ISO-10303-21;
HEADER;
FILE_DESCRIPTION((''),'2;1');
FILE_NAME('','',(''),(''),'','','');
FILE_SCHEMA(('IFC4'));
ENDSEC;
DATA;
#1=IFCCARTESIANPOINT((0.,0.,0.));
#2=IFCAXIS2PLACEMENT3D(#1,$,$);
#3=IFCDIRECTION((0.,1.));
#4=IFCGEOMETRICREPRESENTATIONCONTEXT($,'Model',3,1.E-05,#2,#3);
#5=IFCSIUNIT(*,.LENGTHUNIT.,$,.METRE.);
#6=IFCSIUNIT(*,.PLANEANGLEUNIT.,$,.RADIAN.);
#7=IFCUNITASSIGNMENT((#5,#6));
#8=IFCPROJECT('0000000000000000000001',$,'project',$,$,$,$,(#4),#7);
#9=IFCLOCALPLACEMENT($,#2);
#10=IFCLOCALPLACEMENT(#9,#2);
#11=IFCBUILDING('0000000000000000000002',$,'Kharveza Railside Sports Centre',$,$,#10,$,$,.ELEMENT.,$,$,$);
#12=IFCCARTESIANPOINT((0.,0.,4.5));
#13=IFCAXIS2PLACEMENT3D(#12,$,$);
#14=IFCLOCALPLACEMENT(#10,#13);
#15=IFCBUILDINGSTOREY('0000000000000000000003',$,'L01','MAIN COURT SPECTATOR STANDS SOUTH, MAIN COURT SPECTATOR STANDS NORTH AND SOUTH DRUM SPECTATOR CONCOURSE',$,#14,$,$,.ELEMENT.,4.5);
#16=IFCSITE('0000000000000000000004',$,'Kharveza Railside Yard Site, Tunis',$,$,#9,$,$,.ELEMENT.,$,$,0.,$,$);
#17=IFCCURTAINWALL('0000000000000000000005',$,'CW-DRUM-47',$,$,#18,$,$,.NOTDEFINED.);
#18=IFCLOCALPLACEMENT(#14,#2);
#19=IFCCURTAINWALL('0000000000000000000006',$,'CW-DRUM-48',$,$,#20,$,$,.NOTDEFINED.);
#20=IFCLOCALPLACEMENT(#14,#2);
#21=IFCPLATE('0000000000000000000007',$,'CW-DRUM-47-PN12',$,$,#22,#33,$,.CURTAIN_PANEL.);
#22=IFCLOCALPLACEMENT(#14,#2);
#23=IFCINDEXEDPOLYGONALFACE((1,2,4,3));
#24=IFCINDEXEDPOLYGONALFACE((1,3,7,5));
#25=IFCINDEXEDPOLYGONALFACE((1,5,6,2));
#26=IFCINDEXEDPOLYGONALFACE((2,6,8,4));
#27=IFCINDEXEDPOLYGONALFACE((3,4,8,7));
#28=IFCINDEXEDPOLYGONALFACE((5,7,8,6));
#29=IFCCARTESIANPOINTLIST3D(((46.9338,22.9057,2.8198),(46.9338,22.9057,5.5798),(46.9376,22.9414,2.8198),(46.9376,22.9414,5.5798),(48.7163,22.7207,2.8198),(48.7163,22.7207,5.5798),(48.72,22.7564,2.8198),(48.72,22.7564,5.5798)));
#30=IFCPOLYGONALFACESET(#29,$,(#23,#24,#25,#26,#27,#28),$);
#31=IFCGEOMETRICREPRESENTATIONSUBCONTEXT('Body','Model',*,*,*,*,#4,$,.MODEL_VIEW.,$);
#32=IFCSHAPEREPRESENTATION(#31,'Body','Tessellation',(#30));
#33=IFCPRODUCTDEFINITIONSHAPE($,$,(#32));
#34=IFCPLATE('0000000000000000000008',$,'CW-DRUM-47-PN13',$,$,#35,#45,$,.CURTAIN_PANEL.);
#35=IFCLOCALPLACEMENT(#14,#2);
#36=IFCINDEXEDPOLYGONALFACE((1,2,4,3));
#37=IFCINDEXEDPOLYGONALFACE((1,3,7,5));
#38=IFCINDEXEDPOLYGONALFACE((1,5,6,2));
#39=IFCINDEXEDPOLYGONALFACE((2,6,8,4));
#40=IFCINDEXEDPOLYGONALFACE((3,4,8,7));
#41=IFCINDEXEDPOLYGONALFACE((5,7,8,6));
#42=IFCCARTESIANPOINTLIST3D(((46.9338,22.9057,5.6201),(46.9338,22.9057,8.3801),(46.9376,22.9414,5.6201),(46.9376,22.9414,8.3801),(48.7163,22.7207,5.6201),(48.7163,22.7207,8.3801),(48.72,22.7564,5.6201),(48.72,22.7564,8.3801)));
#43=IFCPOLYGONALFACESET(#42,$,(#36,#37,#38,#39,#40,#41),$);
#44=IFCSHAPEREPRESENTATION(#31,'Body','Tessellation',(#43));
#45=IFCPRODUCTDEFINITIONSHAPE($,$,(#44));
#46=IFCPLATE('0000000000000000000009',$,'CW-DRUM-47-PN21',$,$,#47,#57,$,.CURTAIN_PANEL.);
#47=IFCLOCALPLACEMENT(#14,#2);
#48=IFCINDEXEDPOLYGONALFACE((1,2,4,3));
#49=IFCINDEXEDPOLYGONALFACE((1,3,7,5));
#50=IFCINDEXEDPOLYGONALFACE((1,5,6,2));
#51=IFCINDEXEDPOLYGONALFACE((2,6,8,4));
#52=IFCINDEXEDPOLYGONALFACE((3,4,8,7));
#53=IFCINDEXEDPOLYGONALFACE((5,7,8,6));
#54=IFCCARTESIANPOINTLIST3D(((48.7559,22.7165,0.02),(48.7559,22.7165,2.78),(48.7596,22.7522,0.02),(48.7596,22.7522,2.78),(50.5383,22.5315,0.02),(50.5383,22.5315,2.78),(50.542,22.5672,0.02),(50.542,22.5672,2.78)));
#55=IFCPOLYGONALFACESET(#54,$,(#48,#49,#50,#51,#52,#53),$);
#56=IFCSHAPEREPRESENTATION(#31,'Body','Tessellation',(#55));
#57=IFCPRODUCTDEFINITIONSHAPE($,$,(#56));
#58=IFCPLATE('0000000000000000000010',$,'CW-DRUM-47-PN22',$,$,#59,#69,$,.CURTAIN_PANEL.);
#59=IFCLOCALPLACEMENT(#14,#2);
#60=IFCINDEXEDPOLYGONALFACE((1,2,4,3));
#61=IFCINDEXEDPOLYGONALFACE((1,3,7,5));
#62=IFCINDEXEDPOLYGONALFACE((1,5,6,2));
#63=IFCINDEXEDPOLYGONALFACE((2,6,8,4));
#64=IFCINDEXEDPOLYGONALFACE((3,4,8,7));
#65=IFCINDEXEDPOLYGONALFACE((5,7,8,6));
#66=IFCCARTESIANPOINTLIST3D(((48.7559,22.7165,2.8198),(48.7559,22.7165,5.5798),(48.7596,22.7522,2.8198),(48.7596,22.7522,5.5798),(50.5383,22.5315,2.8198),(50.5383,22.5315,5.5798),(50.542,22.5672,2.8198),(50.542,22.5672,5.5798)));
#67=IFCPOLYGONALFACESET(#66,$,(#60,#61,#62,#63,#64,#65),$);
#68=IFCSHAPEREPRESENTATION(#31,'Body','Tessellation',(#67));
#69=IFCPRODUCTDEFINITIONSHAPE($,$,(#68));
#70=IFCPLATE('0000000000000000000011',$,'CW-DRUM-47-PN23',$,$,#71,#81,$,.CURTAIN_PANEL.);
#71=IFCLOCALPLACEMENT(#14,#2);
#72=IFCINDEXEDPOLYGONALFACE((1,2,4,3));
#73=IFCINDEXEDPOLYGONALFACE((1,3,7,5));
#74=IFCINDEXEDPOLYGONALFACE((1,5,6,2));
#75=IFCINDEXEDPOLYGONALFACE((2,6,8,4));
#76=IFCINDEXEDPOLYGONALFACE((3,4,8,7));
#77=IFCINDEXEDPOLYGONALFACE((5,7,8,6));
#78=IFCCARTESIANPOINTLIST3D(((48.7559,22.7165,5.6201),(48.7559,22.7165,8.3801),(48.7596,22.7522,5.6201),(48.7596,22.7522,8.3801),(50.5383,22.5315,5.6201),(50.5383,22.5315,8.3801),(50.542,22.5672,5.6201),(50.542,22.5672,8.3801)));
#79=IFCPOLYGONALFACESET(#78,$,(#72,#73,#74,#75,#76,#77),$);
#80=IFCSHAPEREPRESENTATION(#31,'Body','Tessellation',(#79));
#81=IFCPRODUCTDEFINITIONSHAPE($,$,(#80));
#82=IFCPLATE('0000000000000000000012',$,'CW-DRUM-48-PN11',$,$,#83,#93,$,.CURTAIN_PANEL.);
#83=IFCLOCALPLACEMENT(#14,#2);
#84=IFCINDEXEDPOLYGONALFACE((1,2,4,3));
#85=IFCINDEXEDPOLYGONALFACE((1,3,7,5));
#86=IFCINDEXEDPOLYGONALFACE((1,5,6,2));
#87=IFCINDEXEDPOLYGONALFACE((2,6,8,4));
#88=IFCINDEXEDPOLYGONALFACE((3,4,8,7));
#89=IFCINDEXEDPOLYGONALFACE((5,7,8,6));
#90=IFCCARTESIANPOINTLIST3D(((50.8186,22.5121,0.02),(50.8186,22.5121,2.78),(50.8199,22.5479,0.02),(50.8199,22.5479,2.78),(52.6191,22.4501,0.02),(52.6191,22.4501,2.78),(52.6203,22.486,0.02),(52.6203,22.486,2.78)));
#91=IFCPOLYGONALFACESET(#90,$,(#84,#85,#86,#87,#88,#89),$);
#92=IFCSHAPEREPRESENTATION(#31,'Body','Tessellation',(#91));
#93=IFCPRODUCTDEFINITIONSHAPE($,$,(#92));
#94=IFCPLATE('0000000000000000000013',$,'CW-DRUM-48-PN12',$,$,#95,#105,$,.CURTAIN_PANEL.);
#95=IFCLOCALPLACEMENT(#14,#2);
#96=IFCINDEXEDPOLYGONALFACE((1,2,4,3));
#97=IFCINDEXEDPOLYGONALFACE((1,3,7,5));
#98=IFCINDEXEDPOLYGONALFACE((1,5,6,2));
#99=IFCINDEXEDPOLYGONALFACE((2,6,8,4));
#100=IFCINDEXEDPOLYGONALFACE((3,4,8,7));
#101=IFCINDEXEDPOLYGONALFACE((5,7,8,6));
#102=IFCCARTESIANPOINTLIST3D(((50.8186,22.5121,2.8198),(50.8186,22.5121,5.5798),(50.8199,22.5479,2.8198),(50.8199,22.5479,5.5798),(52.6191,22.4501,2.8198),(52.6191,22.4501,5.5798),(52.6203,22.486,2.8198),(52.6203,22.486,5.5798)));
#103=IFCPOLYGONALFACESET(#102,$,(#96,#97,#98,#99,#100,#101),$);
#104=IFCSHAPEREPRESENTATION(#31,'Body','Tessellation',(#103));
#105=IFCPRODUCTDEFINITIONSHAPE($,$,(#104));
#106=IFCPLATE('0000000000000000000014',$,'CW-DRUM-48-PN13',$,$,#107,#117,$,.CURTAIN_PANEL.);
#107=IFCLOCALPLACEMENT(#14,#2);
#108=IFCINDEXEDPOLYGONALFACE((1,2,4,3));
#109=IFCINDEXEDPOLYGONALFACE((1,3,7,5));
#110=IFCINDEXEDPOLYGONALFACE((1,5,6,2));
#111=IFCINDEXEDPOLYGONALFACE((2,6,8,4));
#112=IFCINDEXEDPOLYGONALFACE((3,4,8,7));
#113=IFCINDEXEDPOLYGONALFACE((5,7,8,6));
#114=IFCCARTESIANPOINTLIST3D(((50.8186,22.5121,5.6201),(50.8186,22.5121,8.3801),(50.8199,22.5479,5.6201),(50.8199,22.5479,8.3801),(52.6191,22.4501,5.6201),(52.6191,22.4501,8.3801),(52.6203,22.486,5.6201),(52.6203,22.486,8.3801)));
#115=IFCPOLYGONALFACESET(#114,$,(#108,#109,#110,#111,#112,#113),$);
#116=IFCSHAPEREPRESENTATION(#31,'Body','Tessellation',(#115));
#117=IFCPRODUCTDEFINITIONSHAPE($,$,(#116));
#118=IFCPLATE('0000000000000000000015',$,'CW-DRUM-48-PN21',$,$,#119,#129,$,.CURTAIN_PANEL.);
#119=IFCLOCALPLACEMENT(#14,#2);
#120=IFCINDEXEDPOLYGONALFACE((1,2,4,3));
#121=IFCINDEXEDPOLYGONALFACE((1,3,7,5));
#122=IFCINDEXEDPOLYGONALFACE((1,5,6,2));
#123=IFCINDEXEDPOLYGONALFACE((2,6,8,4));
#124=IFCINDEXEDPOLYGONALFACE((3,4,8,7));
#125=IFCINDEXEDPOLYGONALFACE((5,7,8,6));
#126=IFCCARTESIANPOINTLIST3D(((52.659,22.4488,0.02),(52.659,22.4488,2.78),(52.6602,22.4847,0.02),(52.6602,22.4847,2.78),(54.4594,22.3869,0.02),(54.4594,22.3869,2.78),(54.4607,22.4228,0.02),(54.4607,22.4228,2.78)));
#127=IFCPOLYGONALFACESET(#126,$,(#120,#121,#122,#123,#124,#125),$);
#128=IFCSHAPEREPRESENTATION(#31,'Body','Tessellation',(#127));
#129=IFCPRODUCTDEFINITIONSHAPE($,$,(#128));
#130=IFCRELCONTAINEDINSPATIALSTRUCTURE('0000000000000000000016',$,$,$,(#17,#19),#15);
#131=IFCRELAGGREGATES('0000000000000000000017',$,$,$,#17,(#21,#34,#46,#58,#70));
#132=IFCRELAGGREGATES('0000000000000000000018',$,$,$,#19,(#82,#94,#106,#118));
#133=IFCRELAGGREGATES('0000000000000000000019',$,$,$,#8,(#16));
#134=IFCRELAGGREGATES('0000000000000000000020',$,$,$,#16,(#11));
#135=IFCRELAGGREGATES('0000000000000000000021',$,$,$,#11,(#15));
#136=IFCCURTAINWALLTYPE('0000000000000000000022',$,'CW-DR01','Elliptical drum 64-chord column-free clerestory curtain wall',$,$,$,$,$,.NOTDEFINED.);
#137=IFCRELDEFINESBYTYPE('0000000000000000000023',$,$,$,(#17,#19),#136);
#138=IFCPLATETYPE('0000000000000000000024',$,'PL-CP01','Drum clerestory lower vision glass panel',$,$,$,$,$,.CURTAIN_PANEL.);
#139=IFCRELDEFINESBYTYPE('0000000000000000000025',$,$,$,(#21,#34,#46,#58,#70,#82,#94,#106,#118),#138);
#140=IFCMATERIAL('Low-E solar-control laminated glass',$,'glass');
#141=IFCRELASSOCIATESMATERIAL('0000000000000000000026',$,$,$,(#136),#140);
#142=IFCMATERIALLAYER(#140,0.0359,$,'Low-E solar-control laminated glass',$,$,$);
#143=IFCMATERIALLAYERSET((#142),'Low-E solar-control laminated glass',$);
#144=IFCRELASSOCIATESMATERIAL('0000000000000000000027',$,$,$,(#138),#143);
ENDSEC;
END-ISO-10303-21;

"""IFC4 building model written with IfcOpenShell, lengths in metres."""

from ifc_helpers import new_model, si_unit, direction, frame, origin, origin_2d, place, context, subcontext, project, spatial, rectangle, extrude, material, layer, layer_set, type_object, element, aggregate, save


model = new_model("IFC4")

# Units and contexts
model_context = context("Model", 3, precision=1e-05, world=origin(), true_north=direction((0.0, 1.0)))
body_context = subcontext(model_context, "Body", "Model", "MODEL_VIEW")
ifc_project = project(units=[si_unit("LENGTHUNIT", "METRE"), si_unit("PLANEANGLEUNIT", "RADIAN")], contexts=[model_context])

# Site, building, storey
site_placement = place(None, origin())
site = spatial("IfcSite", under=ifc_project, at=site_placement, Name="Kharveza Railside Yard Site, Tunis", CompositionType="ELEMENT", RefElevation=0.0)
building_placement = place(site_placement, origin())
building = spatial("IfcBuilding", under=site, at=building_placement, Name="Kharveza Railside Sports Centre", CompositionType="ELEMENT")
storey_placement = place(building_placement, frame((0.0, 0.0, 4.5)))
storey = spatial("IfcBuildingStorey", under=building, at=storey_placement, Name="L01", Description="MAIN COURT SPECTATOR STANDS SOUTH, MAIN COURT SPECTATOR STANDS NORTH AND SOUTH DRUM SPECTATOR CONCOURSE", CompositionType="ELEMENT", Elevation=4.5)

# Shared definitions
ifc_material_1 = material(Name="Low-E solar-control laminated glass", Category="glass")
curtain_wall_type = type_object("IfcCurtainWallType", Name="CW-DR01", Description="Elliptical drum 64-chord column-free clerestory curtain wall", PredefinedType="NOTDEFINED", material=ifc_material_1)

# Curtain walls
curtain_wall_1_placement = place(storey_placement, origin())
curtain_wall_1 = element("IfcCurtainWall", 1, at=curtain_wall_1_placement, inside=storey, type_object=curtain_wall_type, Name="CW-DRUM-47", PredefinedType="NOTDEFINED")
curtain_wall_2_placement = place(storey_placement, origin())
curtain_wall_2 = element("IfcCurtainWall", 2, at=curtain_wall_2_placement, inside=storey, type_object=curtain_wall_type, Name="CW-DRUM-48", PredefinedType="NOTDEFINED")

# Plates
ifc_layer = layer(ifc_material_1, 0.0359, Name="Low-E solar-control laminated glass")
ifc_layer_set = layer_set([ifc_layer], Name="Low-E solar-control laminated glass")
plate_type = type_object("IfcPlateType", Name="PL-CP01", Description="Drum clerestory lower vision glass panel", PredefinedType="CURTAIN_PANEL", material=ifc_layer_set)
plate_1_placement = place(storey_placement, frame((47.8269, 22.8311, 2.8198), z_axis=(0.0, 0.0, 1.0), x_axis=(0.994652, -0.103279, 0.0)))
plate_1 = element("IfcPlate", 3, at=plate_1_placement, type_object=plate_type, Name="CW-DRUM-47-PN12", PredefinedType="CURTAIN_PANEL", context=body_context, shape_type="SweptSolid", body=[
    extrude(rectangle(XDim=1.792, YDim=0.0359, at=origin_2d()), origin(), (0.0, 0.0, 1.0), 2.76),
])
plate_2_placement = place(storey_placement, frame((47.8269, 22.8311, 5.6201), z_axis=(0.0, 0.0, 1.0), x_axis=(0.994652, -0.103279, 0.0)))
plate_2 = element("IfcPlate", 4, at=plate_2_placement, type_object=plate_type, Name="CW-DRUM-47-PN13", PredefinedType="CURTAIN_PANEL", context=body_context, shape_type="SweptSolid", body=[
    extrude(rectangle(XDim=1.792, YDim=0.0359, at=origin_2d()), origin(), (0.0, 0.0, 1.0), 2.76),
])
plate_3_placement = place(storey_placement, frame((49.6489, 22.6418, 0.02), z_axis=(0.0, 0.0, 1.0), x_axis=(0.994652, -0.103279, 0.0)))
plate_3 = element("IfcPlate", 5, at=plate_3_placement, type_object=plate_type, Name="CW-DRUM-47-PN21", PredefinedType="CURTAIN_PANEL", context=body_context, shape_type="SweptSolid", body=[
    extrude(rectangle(XDim=1.792, YDim=0.0359, at=origin_2d()), origin(), (0.0, 0.0, 1.0), 2.76),
])
plate_4_placement = place(storey_placement, frame((49.6489, 22.6418, 2.8198), z_axis=(0.0, 0.0, 1.0), x_axis=(0.994652, -0.103279, 0.0)))
plate_4 = element("IfcPlate", 6, at=plate_4_placement, type_object=plate_type, Name="CW-DRUM-47-PN22", PredefinedType="CURTAIN_PANEL", context=body_context, shape_type="SweptSolid", body=[
    extrude(rectangle(XDim=1.792, YDim=0.0359, at=origin_2d()), origin(), (0.0, 0.0, 1.0), 2.76),
])
plate_5_placement = place(storey_placement, frame((49.6489, 22.6418, 5.6201), z_axis=(0.0, 0.0, 1.0), x_axis=(0.994652, -0.103279, 0.0)))
plate_5 = element("IfcPlate", 7, at=plate_5_placement, type_object=plate_type, Name="CW-DRUM-47-PN23", PredefinedType="CURTAIN_PANEL", context=body_context, shape_type="SweptSolid", body=[
    extrude(rectangle(XDim=1.792, YDim=0.0359, at=origin_2d()), origin(), (0.0, 0.0, 1.0), 2.76),
])
aggregate(curtain_wall_1, [plate_1, plate_2, plate_3, plate_4, plate_5])
plate_6_placement = place(storey_placement, frame((51.7195, 22.499, 0.02), z_axis=(0.0, 0.0, 1.0), x_axis=(0.999409, -0.034376, 0.0)))
plate_6 = element("IfcPlate", 8, at=plate_6_placement, type_object=plate_type, Name="CW-DRUM-48-PN11", PredefinedType="CURTAIN_PANEL", context=body_context, shape_type="SweptSolid", body=[
    extrude(rectangle(XDim=1.8015, YDim=0.0359, at=origin_2d()), origin(), (0.0, 0.0, 1.0), 2.76),
])
plate_7_placement = place(storey_placement, frame((51.7195, 22.499, 2.8198), z_axis=(0.0, 0.0, 1.0), x_axis=(0.999409, -0.034376, 0.0)))
plate_7 = element("IfcPlate", 9, at=plate_7_placement, type_object=plate_type, Name="CW-DRUM-48-PN12", PredefinedType="CURTAIN_PANEL", context=body_context, shape_type="SweptSolid", body=[
    extrude(rectangle(XDim=1.8015, YDim=0.0359, at=origin_2d()), origin(), (0.0, 0.0, 1.0), 2.76),
])
plate_8_placement = place(storey_placement, frame((51.7195, 22.499, 5.6201), z_axis=(0.0, 0.0, 1.0), x_axis=(0.999409, -0.034376, 0.0)))
plate_8 = element("IfcPlate", 10, at=plate_8_placement, type_object=plate_type, Name="CW-DRUM-48-PN13", PredefinedType="CURTAIN_PANEL", context=body_context, shape_type="SweptSolid", body=[
    extrude(rectangle(XDim=1.8015, YDim=0.0359, at=origin_2d()), origin(), (0.0, 0.0, 1.0), 2.76),
])
plate_9_placement = place(storey_placement, frame((53.5598, 22.4358, 0.02), z_axis=(0.0, 0.0, 1.0), x_axis=(0.999409, -0.034376, 0.0)))
plate_9 = element("IfcPlate", 11, at=plate_9_placement, type_object=plate_type, Name="CW-DRUM-48-PN21", PredefinedType="CURTAIN_PANEL", context=body_context, shape_type="SweptSolid", body=[
    extrude(rectangle(XDim=1.8015, YDim=0.0359, at=origin_2d()), origin(), (0.0, 0.0, 1.0), 2.76),
])
aggregate(curtain_wall_2, [plate_6, plate_7, plate_8, plate_9])

save(model, "model.ifc")
